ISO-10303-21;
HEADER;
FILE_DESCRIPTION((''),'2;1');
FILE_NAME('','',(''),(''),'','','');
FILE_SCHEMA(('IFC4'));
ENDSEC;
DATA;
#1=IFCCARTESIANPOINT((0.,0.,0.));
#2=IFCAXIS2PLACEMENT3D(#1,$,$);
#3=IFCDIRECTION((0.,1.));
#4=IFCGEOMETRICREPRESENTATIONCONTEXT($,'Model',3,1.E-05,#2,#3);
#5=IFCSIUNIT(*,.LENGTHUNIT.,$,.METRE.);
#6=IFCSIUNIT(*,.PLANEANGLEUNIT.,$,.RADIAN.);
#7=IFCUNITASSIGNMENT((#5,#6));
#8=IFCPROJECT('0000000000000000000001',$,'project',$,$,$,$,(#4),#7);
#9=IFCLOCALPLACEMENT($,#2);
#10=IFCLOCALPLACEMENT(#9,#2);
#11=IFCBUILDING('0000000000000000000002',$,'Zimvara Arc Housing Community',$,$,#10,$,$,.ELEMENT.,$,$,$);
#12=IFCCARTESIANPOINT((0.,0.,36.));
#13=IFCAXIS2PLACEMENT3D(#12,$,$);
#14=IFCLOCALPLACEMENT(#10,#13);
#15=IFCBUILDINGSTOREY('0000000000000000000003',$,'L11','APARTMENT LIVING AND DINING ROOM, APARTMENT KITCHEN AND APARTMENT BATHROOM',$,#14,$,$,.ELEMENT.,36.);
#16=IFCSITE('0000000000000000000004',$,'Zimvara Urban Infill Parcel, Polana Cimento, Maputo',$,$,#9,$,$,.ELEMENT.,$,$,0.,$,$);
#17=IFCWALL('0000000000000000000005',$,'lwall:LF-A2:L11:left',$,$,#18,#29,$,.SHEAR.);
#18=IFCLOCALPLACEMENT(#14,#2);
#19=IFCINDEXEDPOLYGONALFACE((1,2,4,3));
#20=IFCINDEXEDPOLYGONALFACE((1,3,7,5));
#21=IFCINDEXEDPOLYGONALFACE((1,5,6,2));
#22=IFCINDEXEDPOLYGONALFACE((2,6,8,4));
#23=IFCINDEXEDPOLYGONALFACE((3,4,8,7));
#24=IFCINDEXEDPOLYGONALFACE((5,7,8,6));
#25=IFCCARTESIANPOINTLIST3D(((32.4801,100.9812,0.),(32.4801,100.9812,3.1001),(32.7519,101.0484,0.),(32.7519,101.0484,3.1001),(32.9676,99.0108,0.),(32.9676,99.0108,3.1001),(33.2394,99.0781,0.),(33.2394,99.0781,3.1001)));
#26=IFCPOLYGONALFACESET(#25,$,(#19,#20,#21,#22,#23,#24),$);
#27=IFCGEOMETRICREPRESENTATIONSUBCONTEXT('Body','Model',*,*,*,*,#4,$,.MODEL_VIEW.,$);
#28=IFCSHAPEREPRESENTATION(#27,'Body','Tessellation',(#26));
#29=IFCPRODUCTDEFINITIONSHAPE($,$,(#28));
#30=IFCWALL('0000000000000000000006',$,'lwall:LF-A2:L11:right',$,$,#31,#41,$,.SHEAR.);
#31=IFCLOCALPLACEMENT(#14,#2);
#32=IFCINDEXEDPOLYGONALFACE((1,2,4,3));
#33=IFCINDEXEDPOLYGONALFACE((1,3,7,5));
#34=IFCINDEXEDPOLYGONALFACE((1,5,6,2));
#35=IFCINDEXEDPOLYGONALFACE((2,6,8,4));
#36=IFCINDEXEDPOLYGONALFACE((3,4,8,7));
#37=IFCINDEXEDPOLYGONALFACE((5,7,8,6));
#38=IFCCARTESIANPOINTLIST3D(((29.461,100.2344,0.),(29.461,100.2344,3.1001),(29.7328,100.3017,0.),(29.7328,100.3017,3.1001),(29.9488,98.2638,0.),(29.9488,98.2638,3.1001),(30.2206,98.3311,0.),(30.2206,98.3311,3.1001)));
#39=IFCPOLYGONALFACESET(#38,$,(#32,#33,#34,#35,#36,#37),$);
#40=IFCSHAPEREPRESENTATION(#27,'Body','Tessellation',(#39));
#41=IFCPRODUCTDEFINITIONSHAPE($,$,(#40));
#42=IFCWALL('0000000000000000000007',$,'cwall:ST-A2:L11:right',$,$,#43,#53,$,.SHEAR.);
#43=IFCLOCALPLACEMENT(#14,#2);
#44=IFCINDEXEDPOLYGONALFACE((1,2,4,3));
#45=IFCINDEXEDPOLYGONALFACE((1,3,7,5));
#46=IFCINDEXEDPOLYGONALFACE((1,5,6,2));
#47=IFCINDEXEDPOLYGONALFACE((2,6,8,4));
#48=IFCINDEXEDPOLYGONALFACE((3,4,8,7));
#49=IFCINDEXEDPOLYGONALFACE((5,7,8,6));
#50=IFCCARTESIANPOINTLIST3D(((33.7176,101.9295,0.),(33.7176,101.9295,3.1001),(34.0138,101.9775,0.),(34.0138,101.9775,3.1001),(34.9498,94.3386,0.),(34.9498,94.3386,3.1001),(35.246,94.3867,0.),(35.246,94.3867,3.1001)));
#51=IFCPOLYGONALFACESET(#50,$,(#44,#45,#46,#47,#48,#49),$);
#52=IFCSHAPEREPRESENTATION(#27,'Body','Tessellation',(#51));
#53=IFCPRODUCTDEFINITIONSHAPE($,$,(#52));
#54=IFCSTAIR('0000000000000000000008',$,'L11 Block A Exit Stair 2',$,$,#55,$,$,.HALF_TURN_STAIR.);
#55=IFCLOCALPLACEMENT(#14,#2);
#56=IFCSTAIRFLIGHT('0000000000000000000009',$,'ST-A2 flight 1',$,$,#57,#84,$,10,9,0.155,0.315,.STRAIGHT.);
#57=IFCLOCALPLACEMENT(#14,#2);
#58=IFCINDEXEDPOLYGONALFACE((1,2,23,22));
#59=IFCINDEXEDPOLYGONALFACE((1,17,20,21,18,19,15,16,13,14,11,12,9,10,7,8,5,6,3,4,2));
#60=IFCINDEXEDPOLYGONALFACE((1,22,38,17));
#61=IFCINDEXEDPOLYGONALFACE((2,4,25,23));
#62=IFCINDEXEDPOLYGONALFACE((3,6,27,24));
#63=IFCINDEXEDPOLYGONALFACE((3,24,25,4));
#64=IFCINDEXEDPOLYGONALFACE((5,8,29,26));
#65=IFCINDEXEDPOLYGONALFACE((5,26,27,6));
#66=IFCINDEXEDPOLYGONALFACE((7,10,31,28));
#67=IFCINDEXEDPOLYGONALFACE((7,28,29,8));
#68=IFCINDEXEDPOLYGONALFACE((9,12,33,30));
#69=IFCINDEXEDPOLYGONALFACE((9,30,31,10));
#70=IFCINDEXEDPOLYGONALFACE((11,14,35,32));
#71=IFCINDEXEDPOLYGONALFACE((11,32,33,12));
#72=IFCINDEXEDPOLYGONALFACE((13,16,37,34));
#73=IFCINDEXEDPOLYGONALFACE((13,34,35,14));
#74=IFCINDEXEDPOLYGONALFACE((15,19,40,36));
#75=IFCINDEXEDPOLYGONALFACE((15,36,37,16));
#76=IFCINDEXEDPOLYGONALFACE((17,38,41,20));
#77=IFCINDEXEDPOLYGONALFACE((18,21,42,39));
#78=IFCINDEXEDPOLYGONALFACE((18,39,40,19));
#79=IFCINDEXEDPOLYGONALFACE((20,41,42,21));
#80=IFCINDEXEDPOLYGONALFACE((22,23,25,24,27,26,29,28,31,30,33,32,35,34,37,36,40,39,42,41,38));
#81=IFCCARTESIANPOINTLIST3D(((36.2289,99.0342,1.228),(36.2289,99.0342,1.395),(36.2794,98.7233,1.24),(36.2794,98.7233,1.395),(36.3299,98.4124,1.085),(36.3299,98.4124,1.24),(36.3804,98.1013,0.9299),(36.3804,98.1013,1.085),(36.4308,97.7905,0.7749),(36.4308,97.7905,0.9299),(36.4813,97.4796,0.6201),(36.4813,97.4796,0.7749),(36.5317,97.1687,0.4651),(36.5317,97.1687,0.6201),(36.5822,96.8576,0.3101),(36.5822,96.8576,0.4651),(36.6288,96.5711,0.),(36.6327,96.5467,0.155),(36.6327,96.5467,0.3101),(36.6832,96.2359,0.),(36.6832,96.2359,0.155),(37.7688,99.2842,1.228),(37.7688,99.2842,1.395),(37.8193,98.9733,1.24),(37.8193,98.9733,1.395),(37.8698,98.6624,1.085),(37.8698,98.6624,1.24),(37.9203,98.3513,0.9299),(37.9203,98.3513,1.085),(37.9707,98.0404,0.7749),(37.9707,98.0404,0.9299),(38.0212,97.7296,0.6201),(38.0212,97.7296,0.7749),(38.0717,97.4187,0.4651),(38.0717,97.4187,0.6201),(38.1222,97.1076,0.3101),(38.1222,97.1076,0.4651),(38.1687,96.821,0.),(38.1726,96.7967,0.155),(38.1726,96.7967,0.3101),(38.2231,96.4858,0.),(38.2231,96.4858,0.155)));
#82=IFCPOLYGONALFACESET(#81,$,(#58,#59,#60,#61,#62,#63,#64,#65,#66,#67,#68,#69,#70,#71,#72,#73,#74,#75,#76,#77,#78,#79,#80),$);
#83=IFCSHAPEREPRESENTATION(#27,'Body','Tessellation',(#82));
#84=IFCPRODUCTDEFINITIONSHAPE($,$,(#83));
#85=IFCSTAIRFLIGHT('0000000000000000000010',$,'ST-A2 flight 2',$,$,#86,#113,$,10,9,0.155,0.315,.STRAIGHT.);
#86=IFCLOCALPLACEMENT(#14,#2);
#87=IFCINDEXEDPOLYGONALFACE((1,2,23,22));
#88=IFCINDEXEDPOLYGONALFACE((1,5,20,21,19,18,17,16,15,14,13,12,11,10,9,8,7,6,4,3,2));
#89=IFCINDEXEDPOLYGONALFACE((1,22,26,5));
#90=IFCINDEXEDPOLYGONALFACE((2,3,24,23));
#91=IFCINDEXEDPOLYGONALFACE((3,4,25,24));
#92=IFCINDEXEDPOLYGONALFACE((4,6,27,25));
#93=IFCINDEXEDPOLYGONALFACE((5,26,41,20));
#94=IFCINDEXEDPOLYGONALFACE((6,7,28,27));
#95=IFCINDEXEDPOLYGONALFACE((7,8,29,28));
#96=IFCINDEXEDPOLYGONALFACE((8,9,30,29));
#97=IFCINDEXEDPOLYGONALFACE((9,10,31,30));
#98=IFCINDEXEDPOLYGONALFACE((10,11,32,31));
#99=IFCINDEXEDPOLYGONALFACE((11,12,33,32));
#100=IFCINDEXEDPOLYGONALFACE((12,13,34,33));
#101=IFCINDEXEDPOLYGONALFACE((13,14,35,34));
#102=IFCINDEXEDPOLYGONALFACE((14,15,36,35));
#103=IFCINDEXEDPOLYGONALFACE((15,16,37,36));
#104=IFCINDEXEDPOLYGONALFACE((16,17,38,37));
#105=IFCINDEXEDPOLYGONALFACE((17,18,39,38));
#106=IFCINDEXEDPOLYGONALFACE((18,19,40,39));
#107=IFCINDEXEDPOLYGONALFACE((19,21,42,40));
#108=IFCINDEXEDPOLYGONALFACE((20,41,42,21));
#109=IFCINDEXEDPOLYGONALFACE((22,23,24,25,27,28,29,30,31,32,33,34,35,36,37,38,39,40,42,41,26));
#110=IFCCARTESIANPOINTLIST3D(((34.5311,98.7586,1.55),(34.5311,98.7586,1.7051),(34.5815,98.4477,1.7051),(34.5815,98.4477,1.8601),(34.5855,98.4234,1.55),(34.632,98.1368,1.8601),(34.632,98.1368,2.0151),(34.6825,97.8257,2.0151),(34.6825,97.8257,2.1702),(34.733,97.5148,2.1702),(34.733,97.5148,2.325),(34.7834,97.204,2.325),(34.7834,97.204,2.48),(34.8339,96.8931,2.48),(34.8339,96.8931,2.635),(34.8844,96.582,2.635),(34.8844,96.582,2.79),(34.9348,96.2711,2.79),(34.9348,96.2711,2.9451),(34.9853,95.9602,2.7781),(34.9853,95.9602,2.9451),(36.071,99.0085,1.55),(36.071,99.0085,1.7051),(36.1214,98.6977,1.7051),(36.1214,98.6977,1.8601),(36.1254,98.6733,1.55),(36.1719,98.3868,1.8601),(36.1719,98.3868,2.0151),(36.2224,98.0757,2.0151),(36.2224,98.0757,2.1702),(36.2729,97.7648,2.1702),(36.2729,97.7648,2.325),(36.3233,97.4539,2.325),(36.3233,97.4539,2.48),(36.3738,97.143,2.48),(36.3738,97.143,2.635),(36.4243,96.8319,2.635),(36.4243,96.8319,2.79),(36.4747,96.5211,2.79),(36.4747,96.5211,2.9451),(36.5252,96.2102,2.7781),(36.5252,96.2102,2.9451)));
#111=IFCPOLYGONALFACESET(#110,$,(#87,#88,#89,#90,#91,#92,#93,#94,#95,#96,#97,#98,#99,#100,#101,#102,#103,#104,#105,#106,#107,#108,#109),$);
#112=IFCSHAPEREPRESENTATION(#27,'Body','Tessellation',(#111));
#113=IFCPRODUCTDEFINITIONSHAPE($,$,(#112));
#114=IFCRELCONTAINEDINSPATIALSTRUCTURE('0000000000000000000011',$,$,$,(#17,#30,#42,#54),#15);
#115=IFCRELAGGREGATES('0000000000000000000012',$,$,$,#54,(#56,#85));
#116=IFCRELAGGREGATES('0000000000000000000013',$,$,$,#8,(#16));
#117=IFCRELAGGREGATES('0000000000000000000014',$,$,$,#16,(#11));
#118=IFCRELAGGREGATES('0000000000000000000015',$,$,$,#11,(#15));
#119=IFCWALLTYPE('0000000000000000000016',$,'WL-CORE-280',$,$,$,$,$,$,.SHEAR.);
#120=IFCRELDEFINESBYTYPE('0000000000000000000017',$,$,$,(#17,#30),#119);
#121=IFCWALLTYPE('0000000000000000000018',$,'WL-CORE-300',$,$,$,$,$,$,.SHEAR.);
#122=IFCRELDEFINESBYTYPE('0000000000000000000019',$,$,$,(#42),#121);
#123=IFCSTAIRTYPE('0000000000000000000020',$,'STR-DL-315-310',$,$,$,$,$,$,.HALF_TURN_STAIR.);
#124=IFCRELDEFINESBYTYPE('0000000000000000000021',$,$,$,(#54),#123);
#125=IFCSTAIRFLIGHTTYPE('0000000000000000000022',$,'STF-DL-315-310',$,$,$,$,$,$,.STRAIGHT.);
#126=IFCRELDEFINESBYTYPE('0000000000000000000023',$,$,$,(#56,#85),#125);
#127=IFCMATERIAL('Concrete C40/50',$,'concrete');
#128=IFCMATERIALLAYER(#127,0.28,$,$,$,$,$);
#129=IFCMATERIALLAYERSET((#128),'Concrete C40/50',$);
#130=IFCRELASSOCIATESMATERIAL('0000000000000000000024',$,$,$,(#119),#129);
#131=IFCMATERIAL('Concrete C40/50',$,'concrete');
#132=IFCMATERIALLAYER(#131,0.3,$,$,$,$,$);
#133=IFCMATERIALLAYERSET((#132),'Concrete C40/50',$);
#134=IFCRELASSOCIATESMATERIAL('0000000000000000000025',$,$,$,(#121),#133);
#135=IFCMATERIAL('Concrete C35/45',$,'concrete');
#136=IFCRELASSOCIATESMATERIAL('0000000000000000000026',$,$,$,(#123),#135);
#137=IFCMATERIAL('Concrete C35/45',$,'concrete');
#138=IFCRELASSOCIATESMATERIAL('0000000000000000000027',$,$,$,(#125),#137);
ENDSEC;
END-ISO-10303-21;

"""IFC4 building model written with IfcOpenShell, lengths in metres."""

from ifc_helpers import new_model, si_unit, direction, frame, frame_2d, origin, place, context, subcontext, project, spatial, polyline, rectangle, outline, extrude, material, layer, layer_set, type_object, element, aggregate, save


model = new_model("IFC4")

# Units and contexts
model_context = context("Model", 3, precision=1e-05, world=origin(), true_north=direction((0.0, 1.0)))
body_context = subcontext(model_context, "Body", "Model", "MODEL_VIEW")
ifc_project = project(units=[si_unit("LENGTHUNIT", "METRE"), si_unit("PLANEANGLEUNIT", "RADIAN")], contexts=[model_context])

# Site, building, storey
site_placement = place(None, origin())
site = spatial("IfcSite", under=ifc_project, at=site_placement, Name="Zimvara Urban Infill Parcel, Polana Cimento, Maputo", CompositionType="ELEMENT", RefElevation=0.0)
building_placement = place(site_placement, origin())
building = spatial("IfcBuilding", under=site, at=building_placement, Name="Zimvara Arc Housing Community", CompositionType="ELEMENT")
storey_placement = place(building_placement, frame((0.0, 0.0, 36.0)))
storey = spatial("IfcBuildingStorey", under=building, at=storey_placement, Name="L11", Description="APARTMENT LIVING AND DINING ROOM, APARTMENT KITCHEN AND APARTMENT BATHROOM", CompositionType="ELEMENT", Elevation=36.0)

# Shared definitions
ifc_material_1 = material(Name="Concrete C40/50", Category="concrete")
ifc_layer_1 = layer(ifc_material_1, 0.28)
ifc_layer_set_1 = layer_set([ifc_layer_1], Name="Concrete C40/50")
wall_type_1 = type_object("IfcWallType", Name="WL-CORE-280", PredefinedType="SHEAR", material=ifc_layer_set_1)

# Walls
wall_1_placement = place(storey_placement, frame((33.1035, 99.0444, 0.0), z_axis=(0.0, 0.0, 1.0), x_axis=(-0.240186, 0.970727, 0.0)))
element("IfcWall", 1, at=wall_1_placement, inside=storey, type_object=wall_type_1, Name="lwall:LF-A2:L11:left", PredefinedType="SHEAR", context=body_context, shape_type="SweptSolid", body=[
    extrude(rectangle(XDim=2.0298, YDim=0.28, at=frame_2d((1.0149, 0.0))), origin(), (0.0, 0.0, 1.0), 3.1001),
])
wall_2_placement = place(storey_placement, frame((30.0847, 98.2974, 0.0), z_axis=(0.0, 0.0, 1.0), x_axis=(-0.240299, 0.970699, 0.0)))
element("IfcWall", 2, at=wall_2_placement, inside=storey, type_object=wall_type_1, Name="lwall:LF-A2:L11:right", PredefinedType="SHEAR", context=body_context, shape_type="SweptSolid", body=[
    extrude(rectangle(XDim=2.03, YDim=0.28, at=frame_2d((1.0151, 0.0))), origin(), (0.0, 0.0, 1.0), 3.1001),
])
ifc_material_2 = material(Name="Concrete C40/50", Category="concrete")
ifc_layer_2 = layer(ifc_material_2, 0.3)
ifc_layer_set_2 = layer_set([ifc_layer_2], Name="Concrete C40/50")
wall_type_2 = type_object("IfcWallType", Name="WL-CORE-300", PredefinedType="SHEAR", material=ifc_layer_set_2)
wall_3_placement = place(storey_placement, frame((35.0979, 94.3625, 0.0), z_axis=(0.0, 0.0, 1.0), x_axis=(-0.160227, 0.98708, 0.0)))
element("IfcWall", 3, at=wall_3_placement, inside=storey, type_object=wall_type_2, Name="cwall:ST-A2:L11:right", PredefinedType="SHEAR", context=body_context, shape_type="SweptSolid", body=[
    extrude(rectangle(XDim=7.6902, YDim=0.3, at=frame_2d((3.8452, 0.0))), origin(), (0.0, 0.0, 1.0), 3.1001),
])

# Stair, stair flights
ifc_material_3 = material(Name="Concrete C35/45", Category="concrete")
stair_type = type_object("IfcStairType", Name="STR-DL-315-310", PredefinedType="HALF_TURN_STAIR", material=ifc_material_3)
stair_placement = place(storey_placement, origin())
stair = element("IfcStair", 4, at=stair_placement, inside=storey, type_object=stair_type, Name="L11 Block A Exit Stair 2", PredefinedType="HALF_TURN_STAIR")
ifc_material_4 = material(Name="Concrete C35/45", Category="concrete")
stair_flight_type = type_object("IfcStairFlightType", Name="STF-DL-315-310", PredefinedType="STRAIGHT", material=ifc_material_4)
stair_flight_1_placement = place(storey_placement, frame((37.4531, 96.3608, 0.0), z_axis=(0.0, 0.0, 1.0), x_axis=(-0.160226, 0.98708, 0.0)))
stair_flight_1 = element("IfcStairFlight", 5, at=stair_flight_1_placement, type_object=stair_flight_type, Name="ST-A2 flight 1", NumberOfRisers=10, NumberOfTreads=9, PredefinedType="STRAIGHT", RiserHeight=0.155, TreadLength=0.315, context=body_context, shape_type="SweptSolid", body=[
    extrude(outline(polyline([(0.0, 0.0), (0.0, 0.155), (0.3149, 0.155), (0.3149, 0.3101), (0.6299, 0.3101), (0.6299, 0.4651), (0.9451, 0.4651), (0.9451, 0.6201), (1.26, 0.6201), (1.26, 0.7749), (1.575, 0.7749), (1.575, 0.9299), (1.8899, 0.9299), (1.8899, 1.085), (2.2051, 1.085), (2.2051, 1.24), (2.52, 1.24), (2.52, 1.395), (2.835, 1.395), (2.835, 1.55), (2.835, 1.228), (0.3396, 0.0), (0.0, 0.0)])), frame((0.0, 0.78, 0.0), z_axis=(0.0, -1.0, 0.0), x_axis=(1.0, 0.0, 0.0)), (0.0, 0.0, 1.0), 1.5601),
])
stair_flight_2_placement = place(storey_placement, frame((35.301, 98.8835, 1.55), z_axis=(0.0, 0.0, 1.0), x_axis=(0.160226, -0.98708, 0.0)))
stair_flight_2 = element("IfcStairFlight", 6, at=stair_flight_2_placement, type_object=stair_flight_type, Name="ST-A2 flight 2", NumberOfRisers=10, NumberOfTreads=9, PredefinedType="STRAIGHT", RiserHeight=0.155, TreadLength=0.315, context=body_context, shape_type="SweptSolid", body=[
    extrude(outline(polyline([(0.0, 0.0), (0.0, 0.155), (0.3149, 0.155), (0.3149, 0.3101), (0.6299, 0.3101), (0.6299, 0.4651), (0.9451, 0.4651), (0.9451, 0.6201), (1.26, 0.6201), (1.26, 0.7749), (1.575, 0.7749), (1.575, 0.9299), (1.8899, 0.9299), (1.8899, 1.085), (2.2051, 1.085), (2.2051, 1.24), (2.52, 1.24), (2.52, 1.395), (2.835, 1.395), (2.835, 1.55), (2.835, 1.228), (0.3396, 0.0), (0.0, 0.0)])), frame((0.0, 0.78, 0.0), z_axis=(0.0, -1.0, 0.0), x_axis=(1.0, 0.0, 0.0)), (0.0, 0.0, 1.0), 1.5601),
])
aggregate(stair, [stair_flight_1, stair_flight_2])

save(model, "model.ifc")
